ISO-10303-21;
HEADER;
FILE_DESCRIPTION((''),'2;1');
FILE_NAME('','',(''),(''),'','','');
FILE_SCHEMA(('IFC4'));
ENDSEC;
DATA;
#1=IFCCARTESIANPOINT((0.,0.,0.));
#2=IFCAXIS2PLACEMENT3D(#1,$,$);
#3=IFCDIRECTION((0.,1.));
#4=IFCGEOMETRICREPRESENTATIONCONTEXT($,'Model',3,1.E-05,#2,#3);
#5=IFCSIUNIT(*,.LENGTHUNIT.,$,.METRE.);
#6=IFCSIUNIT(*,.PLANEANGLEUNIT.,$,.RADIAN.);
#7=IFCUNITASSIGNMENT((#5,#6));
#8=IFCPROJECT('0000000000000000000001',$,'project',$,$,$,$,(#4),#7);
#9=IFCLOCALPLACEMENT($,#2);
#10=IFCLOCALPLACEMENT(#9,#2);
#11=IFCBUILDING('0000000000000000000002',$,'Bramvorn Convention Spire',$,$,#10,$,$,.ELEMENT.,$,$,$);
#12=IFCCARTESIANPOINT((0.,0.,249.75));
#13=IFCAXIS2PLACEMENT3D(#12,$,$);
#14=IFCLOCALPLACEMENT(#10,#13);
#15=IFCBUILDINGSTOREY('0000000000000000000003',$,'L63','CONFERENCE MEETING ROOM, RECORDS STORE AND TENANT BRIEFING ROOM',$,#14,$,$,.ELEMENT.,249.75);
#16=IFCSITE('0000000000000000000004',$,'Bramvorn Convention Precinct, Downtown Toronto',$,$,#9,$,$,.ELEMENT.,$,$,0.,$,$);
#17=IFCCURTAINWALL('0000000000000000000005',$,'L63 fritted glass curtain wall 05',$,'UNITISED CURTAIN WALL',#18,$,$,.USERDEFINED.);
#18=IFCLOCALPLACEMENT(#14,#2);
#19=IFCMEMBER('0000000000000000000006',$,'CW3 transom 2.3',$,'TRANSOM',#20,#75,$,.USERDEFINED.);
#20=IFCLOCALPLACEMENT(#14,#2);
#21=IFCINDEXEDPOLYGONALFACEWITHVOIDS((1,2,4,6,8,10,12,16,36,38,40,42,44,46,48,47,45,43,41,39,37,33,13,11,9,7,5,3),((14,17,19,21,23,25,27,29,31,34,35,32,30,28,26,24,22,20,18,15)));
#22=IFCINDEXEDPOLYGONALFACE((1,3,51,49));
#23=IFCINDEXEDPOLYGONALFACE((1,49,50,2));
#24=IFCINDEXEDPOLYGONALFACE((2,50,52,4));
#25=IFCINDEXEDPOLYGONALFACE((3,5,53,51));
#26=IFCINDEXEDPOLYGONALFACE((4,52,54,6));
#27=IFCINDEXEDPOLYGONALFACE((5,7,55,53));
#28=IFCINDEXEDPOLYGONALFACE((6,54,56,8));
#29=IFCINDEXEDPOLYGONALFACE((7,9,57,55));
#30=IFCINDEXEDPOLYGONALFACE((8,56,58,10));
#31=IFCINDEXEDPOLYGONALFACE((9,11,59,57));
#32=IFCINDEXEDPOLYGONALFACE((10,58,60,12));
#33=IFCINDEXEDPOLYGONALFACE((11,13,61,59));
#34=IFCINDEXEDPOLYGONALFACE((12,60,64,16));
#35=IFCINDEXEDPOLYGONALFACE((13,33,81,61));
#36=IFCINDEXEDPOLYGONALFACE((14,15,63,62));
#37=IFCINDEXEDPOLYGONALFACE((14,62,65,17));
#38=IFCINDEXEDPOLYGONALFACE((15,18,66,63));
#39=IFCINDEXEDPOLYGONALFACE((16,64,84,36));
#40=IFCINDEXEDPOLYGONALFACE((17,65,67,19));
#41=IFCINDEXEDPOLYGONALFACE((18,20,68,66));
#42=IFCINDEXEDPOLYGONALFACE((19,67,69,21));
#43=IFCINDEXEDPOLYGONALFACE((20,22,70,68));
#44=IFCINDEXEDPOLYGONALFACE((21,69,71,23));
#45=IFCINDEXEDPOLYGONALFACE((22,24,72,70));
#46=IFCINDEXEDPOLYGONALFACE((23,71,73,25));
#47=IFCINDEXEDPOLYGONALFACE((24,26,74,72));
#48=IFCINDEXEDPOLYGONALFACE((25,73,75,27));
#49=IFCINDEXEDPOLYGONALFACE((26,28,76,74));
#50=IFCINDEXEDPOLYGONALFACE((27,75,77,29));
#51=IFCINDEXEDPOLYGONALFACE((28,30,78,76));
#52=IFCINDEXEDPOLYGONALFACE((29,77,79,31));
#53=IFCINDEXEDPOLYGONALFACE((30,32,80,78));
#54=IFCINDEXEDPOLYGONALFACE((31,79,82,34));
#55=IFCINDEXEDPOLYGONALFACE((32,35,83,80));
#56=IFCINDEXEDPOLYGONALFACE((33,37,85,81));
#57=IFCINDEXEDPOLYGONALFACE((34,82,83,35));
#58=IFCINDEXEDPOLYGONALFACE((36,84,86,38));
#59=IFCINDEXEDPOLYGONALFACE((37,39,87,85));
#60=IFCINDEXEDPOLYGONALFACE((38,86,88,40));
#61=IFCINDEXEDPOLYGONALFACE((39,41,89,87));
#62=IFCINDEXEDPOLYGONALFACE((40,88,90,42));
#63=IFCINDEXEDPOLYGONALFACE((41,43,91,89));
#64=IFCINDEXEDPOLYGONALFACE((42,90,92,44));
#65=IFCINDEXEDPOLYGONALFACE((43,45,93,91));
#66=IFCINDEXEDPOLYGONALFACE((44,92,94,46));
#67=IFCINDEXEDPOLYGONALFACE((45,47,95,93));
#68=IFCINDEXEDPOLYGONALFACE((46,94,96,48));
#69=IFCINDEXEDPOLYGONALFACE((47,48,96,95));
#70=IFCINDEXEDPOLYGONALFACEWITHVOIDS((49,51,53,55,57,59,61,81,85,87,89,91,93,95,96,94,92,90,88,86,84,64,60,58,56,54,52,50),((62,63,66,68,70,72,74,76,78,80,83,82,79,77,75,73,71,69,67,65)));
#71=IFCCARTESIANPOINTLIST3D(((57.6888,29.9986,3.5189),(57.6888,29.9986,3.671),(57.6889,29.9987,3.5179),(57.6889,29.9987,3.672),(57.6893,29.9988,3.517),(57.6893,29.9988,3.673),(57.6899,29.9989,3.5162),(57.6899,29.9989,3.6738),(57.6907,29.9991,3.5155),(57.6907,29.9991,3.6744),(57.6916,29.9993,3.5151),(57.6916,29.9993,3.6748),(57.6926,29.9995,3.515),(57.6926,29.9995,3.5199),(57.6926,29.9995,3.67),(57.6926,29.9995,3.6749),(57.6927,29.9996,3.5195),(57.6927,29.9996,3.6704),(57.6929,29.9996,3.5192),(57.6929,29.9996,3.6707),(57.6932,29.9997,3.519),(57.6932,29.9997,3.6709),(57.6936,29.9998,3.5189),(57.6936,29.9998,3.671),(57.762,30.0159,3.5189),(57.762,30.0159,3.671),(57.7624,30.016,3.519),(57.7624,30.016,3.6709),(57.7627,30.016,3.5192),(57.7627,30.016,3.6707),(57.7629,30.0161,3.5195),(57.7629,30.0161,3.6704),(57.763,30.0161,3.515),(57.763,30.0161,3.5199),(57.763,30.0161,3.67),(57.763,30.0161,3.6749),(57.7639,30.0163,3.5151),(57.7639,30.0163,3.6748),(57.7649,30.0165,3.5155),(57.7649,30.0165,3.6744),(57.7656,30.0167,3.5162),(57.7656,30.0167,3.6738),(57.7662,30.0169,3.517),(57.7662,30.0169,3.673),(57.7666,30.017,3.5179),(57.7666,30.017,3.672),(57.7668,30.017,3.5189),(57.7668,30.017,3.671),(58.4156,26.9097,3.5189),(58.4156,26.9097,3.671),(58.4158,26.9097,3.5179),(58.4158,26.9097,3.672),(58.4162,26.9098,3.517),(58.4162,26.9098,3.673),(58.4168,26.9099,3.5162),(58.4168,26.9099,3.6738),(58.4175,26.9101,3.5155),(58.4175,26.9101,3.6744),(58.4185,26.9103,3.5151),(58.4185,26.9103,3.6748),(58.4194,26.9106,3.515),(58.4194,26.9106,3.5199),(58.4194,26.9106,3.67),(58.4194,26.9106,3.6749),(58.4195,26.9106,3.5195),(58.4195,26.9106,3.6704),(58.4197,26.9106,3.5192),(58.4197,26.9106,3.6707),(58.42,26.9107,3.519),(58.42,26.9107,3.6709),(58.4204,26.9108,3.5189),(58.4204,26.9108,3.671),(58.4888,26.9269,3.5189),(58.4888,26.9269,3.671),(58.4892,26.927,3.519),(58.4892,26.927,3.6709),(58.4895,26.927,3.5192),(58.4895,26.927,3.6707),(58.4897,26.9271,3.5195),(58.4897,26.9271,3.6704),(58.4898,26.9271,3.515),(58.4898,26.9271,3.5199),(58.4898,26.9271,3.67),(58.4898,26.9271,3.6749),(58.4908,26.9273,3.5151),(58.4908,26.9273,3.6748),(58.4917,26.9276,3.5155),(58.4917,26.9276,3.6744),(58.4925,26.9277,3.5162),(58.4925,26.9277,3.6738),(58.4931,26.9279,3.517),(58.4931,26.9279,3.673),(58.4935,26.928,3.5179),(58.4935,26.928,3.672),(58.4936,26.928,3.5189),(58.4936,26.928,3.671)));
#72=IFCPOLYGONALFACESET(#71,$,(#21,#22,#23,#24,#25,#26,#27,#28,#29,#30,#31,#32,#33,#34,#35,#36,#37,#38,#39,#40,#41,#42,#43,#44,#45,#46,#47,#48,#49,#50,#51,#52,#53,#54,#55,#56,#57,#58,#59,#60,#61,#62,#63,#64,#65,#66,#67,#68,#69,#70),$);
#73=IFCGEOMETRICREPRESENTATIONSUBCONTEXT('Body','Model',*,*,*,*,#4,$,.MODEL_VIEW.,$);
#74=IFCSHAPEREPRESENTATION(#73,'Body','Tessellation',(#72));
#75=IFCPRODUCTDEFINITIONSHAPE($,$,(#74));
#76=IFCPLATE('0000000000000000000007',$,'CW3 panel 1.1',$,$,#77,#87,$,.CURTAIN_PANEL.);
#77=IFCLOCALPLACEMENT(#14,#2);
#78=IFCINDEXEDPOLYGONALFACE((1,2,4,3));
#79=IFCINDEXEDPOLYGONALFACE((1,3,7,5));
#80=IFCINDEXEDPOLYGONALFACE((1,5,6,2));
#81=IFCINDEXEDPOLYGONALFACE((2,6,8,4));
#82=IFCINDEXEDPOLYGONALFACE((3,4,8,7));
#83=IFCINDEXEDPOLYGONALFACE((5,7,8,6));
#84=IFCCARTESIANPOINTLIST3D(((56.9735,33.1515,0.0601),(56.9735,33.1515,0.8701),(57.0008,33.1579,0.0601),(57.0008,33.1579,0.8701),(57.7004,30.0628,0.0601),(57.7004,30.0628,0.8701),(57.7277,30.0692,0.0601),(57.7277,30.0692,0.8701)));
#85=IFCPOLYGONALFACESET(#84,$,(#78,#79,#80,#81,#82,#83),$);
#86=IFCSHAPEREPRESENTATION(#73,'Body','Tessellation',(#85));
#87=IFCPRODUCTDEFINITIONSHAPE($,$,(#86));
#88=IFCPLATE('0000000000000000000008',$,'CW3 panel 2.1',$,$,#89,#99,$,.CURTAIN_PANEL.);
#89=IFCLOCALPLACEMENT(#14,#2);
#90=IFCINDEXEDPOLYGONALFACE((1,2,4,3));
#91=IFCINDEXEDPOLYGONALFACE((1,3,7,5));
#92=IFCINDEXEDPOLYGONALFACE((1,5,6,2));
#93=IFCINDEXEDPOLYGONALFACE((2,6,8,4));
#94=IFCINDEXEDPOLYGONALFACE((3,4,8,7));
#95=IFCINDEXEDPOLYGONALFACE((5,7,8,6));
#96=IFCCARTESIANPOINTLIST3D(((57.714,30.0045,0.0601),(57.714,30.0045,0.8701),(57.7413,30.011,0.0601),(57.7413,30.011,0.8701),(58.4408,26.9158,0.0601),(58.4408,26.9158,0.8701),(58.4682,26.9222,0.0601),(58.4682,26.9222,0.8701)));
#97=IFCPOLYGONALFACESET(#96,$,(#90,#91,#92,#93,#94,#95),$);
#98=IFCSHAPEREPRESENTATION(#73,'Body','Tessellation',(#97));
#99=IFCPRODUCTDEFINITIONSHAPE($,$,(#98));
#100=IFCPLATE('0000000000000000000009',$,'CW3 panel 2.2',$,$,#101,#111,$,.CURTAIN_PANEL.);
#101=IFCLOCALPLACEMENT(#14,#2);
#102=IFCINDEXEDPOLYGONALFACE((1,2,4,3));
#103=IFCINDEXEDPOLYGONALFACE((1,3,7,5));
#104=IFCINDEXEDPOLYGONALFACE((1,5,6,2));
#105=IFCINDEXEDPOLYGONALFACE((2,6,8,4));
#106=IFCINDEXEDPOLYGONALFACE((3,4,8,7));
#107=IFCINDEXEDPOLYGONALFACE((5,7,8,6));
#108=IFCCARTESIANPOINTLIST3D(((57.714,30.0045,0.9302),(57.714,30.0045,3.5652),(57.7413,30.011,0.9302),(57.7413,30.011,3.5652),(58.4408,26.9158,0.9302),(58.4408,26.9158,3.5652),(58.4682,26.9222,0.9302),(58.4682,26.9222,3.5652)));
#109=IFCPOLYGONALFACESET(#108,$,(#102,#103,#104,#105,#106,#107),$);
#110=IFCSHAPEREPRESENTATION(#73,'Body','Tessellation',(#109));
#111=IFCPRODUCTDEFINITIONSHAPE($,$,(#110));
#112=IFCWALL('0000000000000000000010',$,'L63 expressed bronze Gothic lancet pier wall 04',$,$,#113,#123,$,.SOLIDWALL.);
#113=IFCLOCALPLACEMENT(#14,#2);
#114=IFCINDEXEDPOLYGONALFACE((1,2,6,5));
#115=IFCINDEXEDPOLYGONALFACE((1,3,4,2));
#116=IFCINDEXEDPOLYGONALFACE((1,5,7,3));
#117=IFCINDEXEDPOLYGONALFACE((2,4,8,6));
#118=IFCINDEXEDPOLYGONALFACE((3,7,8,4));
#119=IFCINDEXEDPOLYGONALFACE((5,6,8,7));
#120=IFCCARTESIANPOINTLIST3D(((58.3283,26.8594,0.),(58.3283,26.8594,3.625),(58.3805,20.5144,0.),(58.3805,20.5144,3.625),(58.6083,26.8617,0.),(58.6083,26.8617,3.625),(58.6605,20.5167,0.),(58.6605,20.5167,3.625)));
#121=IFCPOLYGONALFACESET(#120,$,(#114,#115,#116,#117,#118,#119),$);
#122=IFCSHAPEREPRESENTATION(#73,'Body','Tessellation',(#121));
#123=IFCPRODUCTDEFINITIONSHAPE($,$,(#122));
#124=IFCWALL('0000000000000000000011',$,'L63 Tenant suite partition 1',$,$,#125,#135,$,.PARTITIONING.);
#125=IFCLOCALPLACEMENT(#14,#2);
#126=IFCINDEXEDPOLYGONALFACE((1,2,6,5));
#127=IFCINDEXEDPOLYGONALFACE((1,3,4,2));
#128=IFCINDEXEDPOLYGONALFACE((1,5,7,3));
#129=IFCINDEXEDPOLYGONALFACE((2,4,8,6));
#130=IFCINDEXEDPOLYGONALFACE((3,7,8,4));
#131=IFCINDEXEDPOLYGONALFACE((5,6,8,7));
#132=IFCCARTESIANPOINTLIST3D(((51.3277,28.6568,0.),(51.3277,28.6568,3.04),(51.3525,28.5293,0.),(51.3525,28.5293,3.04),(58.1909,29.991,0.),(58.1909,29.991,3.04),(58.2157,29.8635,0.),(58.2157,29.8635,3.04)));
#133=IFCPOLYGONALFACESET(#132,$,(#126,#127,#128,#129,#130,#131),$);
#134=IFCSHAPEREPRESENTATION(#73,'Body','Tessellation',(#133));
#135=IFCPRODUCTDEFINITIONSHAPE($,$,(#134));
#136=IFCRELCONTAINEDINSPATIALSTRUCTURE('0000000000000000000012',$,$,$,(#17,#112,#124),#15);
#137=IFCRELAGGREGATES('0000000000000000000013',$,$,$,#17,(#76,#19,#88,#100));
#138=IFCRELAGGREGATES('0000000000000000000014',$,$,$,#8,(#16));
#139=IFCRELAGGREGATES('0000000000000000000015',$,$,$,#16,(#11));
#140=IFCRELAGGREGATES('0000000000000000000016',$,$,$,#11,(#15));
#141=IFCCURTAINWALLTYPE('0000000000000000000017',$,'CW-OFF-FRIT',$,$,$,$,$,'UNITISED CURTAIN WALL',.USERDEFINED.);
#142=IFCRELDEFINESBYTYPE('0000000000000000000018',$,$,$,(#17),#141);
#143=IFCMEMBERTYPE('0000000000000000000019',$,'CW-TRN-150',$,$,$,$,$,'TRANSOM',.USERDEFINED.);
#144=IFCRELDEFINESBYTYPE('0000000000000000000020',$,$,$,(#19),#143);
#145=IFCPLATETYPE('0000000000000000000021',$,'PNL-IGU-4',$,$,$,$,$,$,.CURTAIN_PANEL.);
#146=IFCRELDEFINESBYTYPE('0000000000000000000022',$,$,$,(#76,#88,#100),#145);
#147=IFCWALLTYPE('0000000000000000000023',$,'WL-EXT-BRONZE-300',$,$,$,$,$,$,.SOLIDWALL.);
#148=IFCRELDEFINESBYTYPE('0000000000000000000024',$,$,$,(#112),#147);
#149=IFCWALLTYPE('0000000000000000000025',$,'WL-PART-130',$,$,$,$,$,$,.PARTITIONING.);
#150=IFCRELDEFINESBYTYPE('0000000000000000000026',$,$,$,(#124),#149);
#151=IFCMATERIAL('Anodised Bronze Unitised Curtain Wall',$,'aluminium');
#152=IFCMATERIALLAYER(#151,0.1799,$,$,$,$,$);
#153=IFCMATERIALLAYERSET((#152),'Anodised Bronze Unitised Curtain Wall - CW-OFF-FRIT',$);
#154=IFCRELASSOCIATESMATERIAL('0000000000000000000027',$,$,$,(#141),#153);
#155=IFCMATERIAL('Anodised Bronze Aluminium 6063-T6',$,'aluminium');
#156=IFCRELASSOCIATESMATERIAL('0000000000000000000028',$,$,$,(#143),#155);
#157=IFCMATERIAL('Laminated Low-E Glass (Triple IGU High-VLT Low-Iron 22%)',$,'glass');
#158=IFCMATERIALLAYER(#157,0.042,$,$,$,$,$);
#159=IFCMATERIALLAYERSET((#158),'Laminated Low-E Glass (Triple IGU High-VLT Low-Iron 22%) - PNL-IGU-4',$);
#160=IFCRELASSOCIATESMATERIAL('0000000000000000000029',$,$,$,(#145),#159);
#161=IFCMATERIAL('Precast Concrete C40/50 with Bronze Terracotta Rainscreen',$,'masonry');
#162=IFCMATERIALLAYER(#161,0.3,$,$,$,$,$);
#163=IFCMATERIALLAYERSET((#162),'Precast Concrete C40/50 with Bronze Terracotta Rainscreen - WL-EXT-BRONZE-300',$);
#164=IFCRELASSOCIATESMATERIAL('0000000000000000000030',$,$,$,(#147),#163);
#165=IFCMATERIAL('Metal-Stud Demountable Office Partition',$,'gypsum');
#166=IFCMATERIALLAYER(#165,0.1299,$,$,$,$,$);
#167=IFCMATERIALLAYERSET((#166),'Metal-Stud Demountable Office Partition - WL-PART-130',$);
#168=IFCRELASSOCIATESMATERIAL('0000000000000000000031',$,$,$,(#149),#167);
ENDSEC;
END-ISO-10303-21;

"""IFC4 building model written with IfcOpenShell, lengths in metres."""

from ifc_helpers import new_model, si_unit, direction, frame, frame_2d, origin, origin_2d, place, context, subcontext, project, spatial, rectangle, hollow_rectangle, extrude, material, layer, layer_set, material_profile, profile_set, type_object, element, aggregate, save


model = new_model("IFC4")

# Units and contexts
model_context = context("Model", 3, precision=1e-05, world=origin(), true_north=direction((0.0, 1.0)))
body_context = subcontext(model_context, "Body", "Model", "MODEL_VIEW")
ifc_project = project(units=[si_unit("LENGTHUNIT", "METRE"), si_unit("PLANEANGLEUNIT", "RADIAN")], contexts=[model_context])

# Site, building, storey
site_placement = place(None, origin())
site = spatial("IfcSite", under=ifc_project, at=site_placement, Name="Bramvorn Convention Precinct, Downtown Toronto", CompositionType="ELEMENT", RefElevation=0.0)
building_placement = place(site_placement, origin())
building = spatial("IfcBuilding", under=site, at=building_placement, Name="Bramvorn Convention Spire", CompositionType="ELEMENT")
storey_placement = place(building_placement, frame((0.0, 0.0, 249.75)))
storey = spatial("IfcBuildingStorey", under=building, at=storey_placement, Name="L63", Description="CONFERENCE MEETING ROOM, RECORDS STORE AND TENANT BRIEFING ROOM", CompositionType="ELEMENT", Elevation=249.75)

# Curtain wall, member, plates
ifc_material_1 = material(Name="Anodised Bronze Unitised Curtain Wall", Category="aluminium")
ifc_layer_1 = layer(ifc_material_1, 0.1799)
ifc_layer_set_1 = layer_set([ifc_layer_1], Name="Anodised Bronze Unitised Curtain Wall - CW-OFF-FRIT")
curtain_wall_type = type_object("IfcCurtainWallType", Name="CW-OFF-FRIT", ElementType="UNITISED CURTAIN WALL", PredefinedType="USERDEFINED", material=ifc_layer_set_1)
curtain_wall_placement = place(storey_placement, origin())
curtain_wall = element("IfcCurtainWall", 1, at=curtain_wall_placement, inside=storey, type_object=curtain_wall_type, Name="L63 fritted glass curtain wall 05", ObjectType="UNITISED CURTAIN WALL", PredefinedType="USERDEFINED")
ifc_material_2 = material(Name="Anodised Bronze Aluminium 6063-T6", Category="aluminium")
ifc_material_profile_1 = material_profile(ifc_material_2, hollow_rectangle(XDim=0.0801, YDim=0.1599, WallThickness=0.0039, InnerFilletRadius=0.001, OuterFilletRadius=0.0039, at=origin_2d()))
ifc_profile_set_1 = profile_set([ifc_material_profile_1], Name="Anodised Bronze Aluminium 6063-T6 - CWT80X160")
member_type_1 = type_object("IfcMemberType", Name="CW-TRN-150", ElementType="TRANSOM", PredefinedType="USERDEFINED", material=ifc_profile_set_1)
member_1_placement = place(storey_placement, frame((57.7278, 30.0078, 3.595), z_axis=(0.229044, -0.973416, 0.0), x_axis=(0.973416, 0.229044, 0.0)))
member_1 = element("IfcMember", 2, at=member_1_placement, type_object=member_type_1, Name="CW3 transom 2.3", ObjectType="TRANSOM", PredefinedType="USERDEFINED", context=body_context, shape_type="SweptSolid", body=[
    extrude(hollow_rectangle(XDim=0.0801, YDim=0.1599, WallThickness=0.0039, InnerFilletRadius=0.001, OuterFilletRadius=0.0039, at=origin_2d()), origin(), (0.0, 0.0, 1.0), 3.1733),
])
ifc_material_3 = material(Name="Laminated Low-E Glass (Triple IGU High-VLT Low-Iron 22%)", Category="glass")
ifc_layer_2 = layer(ifc_material_3, 0.042)
ifc_layer_set_2 = layer_set([ifc_layer_2], Name="Laminated Low-E Glass (Triple IGU High-VLT Low-Iron 22%) - PNL-IGU-4")
plate_type = type_object("IfcPlateType", Name="PNL-IGU-4", PredefinedType="CURTAIN_PANEL", material=ifc_layer_set_2)
plate_1_placement = place(storey_placement, frame((57.3506, 31.6104, 0.0601), z_axis=(0.0, 0.0, 1.0), x_axis=(0.229079, -0.973408, 0.0)))
plate_1 = element("IfcPlate", 3, at=plate_1_placement, type_object=plate_type, Name="CW3 panel 1.1", PredefinedType="CURTAIN_PANEL", context=body_context, shape_type="SweptSolid", body=[
    extrude(rectangle(XDim=3.1731, YDim=0.0281, at=origin_2d()), origin(), (0.0, 0.0, 1.0), 0.8101),
])
plate_2_placement = place(storey_placement, frame((58.0911, 28.4634, 0.0601), z_axis=(0.0, 0.0, 1.0), x_axis=(0.229079, -0.973408, 0.0)))
plate_2 = element("IfcPlate", 4, at=plate_2_placement, type_object=plate_type, Name="CW3 panel 2.1", PredefinedType="CURTAIN_PANEL", context=body_context, shape_type="SweptSolid", body=[
    extrude(rectangle(XDim=3.1731, YDim=0.0281, at=origin_2d()), origin(), (0.0, 0.0, 1.0), 0.8101),
])
plate_3_placement = place(storey_placement, frame((58.0911, 28.4634, 0.9302), z_axis=(0.0, 0.0, 1.0), x_axis=(0.229079, -0.973408, 0.0)))
plate_3 = element("IfcPlate", 5, at=plate_3_placement, type_object=plate_type, Name="CW3 panel 2.2", PredefinedType="CURTAIN_PANEL", context=body_context, shape_type="SweptSolid", body=[
    extrude(rectangle(XDim=3.1731, YDim=0.0281, at=origin_2d()), origin(), (0.0, 0.0, 1.0), 2.635),
])
aggregate(curtain_wall, [plate_1, member_1, plate_2, plate_3])

# Walls
ifc_material_4 = material(Name="Precast Concrete C40/50 with Bronze Terracotta Rainscreen", Category="masonry")
ifc_layer_3 = layer(ifc_material_4, 0.3)
ifc_layer_set_3 = layer_set([ifc_layer_3], Name="Precast Concrete C40/50 with Bronze Terracotta Rainscreen - WL-EXT-BRONZE-300")
wall_type_1 = type_object("IfcWallType", Name="WL-EXT-BRONZE-300", PredefinedType="SOLIDWALL", material=ifc_layer_set_3)
wall_1_placement = place(storey_placement, frame((58.4683, 26.8606, 0.0), z_axis=(0.0, 0.0, 1.0), x_axis=(0.008234, -0.999966, 0.0)))
element("IfcWall", 6, at=wall_1_placement, inside=storey, type_object=wall_type_1, Name="L63 expressed bronze Gothic lancet pier wall 04", PredefinedType="SOLIDWALL", context=body_context, shape_type="SweptSolid", body=[
    extrude(rectangle(XDim=6.3452, YDim=0.28, at=frame_2d((3.1726, 0.0))), origin(), (0.0, 0.0, 1.0), 3.625),
])
ifc_material_5 = material(Name="Metal-Stud Demountable Office Partition", Category="gypsum")
ifc_layer_4 = layer(ifc_material_5, 0.1299)
ifc_layer_set_4 = layer_set([ifc_layer_4], Name="Metal-Stud Demountable Office Partition - WL-PART-130")
wall_type_2 = type_object("IfcWallType", Name="WL-PART-130", PredefinedType="PARTITIONING", material=ifc_layer_set_4)
wall_2_placement = place(storey_placement, frame((51.3401, 28.593, 0.0), z_axis=(0.0, 0.0, 1.0), x_axis=(0.981623, 0.190829, 0.0)))
element("IfcWall", 7, at=wall_2_placement, inside=storey, type_object=wall_type_2, Name="L63 Tenant suite partition 1", PredefinedType="PARTITIONING", context=body_context, shape_type="SweptSolid", body=[
    extrude(rectangle(XDim=6.9917, YDim=0.1299, at=frame_2d((3.4958, 0.0))), origin(), (0.0, 0.0, 1.0), 3.04),
])

save(model, "model.ifc")
